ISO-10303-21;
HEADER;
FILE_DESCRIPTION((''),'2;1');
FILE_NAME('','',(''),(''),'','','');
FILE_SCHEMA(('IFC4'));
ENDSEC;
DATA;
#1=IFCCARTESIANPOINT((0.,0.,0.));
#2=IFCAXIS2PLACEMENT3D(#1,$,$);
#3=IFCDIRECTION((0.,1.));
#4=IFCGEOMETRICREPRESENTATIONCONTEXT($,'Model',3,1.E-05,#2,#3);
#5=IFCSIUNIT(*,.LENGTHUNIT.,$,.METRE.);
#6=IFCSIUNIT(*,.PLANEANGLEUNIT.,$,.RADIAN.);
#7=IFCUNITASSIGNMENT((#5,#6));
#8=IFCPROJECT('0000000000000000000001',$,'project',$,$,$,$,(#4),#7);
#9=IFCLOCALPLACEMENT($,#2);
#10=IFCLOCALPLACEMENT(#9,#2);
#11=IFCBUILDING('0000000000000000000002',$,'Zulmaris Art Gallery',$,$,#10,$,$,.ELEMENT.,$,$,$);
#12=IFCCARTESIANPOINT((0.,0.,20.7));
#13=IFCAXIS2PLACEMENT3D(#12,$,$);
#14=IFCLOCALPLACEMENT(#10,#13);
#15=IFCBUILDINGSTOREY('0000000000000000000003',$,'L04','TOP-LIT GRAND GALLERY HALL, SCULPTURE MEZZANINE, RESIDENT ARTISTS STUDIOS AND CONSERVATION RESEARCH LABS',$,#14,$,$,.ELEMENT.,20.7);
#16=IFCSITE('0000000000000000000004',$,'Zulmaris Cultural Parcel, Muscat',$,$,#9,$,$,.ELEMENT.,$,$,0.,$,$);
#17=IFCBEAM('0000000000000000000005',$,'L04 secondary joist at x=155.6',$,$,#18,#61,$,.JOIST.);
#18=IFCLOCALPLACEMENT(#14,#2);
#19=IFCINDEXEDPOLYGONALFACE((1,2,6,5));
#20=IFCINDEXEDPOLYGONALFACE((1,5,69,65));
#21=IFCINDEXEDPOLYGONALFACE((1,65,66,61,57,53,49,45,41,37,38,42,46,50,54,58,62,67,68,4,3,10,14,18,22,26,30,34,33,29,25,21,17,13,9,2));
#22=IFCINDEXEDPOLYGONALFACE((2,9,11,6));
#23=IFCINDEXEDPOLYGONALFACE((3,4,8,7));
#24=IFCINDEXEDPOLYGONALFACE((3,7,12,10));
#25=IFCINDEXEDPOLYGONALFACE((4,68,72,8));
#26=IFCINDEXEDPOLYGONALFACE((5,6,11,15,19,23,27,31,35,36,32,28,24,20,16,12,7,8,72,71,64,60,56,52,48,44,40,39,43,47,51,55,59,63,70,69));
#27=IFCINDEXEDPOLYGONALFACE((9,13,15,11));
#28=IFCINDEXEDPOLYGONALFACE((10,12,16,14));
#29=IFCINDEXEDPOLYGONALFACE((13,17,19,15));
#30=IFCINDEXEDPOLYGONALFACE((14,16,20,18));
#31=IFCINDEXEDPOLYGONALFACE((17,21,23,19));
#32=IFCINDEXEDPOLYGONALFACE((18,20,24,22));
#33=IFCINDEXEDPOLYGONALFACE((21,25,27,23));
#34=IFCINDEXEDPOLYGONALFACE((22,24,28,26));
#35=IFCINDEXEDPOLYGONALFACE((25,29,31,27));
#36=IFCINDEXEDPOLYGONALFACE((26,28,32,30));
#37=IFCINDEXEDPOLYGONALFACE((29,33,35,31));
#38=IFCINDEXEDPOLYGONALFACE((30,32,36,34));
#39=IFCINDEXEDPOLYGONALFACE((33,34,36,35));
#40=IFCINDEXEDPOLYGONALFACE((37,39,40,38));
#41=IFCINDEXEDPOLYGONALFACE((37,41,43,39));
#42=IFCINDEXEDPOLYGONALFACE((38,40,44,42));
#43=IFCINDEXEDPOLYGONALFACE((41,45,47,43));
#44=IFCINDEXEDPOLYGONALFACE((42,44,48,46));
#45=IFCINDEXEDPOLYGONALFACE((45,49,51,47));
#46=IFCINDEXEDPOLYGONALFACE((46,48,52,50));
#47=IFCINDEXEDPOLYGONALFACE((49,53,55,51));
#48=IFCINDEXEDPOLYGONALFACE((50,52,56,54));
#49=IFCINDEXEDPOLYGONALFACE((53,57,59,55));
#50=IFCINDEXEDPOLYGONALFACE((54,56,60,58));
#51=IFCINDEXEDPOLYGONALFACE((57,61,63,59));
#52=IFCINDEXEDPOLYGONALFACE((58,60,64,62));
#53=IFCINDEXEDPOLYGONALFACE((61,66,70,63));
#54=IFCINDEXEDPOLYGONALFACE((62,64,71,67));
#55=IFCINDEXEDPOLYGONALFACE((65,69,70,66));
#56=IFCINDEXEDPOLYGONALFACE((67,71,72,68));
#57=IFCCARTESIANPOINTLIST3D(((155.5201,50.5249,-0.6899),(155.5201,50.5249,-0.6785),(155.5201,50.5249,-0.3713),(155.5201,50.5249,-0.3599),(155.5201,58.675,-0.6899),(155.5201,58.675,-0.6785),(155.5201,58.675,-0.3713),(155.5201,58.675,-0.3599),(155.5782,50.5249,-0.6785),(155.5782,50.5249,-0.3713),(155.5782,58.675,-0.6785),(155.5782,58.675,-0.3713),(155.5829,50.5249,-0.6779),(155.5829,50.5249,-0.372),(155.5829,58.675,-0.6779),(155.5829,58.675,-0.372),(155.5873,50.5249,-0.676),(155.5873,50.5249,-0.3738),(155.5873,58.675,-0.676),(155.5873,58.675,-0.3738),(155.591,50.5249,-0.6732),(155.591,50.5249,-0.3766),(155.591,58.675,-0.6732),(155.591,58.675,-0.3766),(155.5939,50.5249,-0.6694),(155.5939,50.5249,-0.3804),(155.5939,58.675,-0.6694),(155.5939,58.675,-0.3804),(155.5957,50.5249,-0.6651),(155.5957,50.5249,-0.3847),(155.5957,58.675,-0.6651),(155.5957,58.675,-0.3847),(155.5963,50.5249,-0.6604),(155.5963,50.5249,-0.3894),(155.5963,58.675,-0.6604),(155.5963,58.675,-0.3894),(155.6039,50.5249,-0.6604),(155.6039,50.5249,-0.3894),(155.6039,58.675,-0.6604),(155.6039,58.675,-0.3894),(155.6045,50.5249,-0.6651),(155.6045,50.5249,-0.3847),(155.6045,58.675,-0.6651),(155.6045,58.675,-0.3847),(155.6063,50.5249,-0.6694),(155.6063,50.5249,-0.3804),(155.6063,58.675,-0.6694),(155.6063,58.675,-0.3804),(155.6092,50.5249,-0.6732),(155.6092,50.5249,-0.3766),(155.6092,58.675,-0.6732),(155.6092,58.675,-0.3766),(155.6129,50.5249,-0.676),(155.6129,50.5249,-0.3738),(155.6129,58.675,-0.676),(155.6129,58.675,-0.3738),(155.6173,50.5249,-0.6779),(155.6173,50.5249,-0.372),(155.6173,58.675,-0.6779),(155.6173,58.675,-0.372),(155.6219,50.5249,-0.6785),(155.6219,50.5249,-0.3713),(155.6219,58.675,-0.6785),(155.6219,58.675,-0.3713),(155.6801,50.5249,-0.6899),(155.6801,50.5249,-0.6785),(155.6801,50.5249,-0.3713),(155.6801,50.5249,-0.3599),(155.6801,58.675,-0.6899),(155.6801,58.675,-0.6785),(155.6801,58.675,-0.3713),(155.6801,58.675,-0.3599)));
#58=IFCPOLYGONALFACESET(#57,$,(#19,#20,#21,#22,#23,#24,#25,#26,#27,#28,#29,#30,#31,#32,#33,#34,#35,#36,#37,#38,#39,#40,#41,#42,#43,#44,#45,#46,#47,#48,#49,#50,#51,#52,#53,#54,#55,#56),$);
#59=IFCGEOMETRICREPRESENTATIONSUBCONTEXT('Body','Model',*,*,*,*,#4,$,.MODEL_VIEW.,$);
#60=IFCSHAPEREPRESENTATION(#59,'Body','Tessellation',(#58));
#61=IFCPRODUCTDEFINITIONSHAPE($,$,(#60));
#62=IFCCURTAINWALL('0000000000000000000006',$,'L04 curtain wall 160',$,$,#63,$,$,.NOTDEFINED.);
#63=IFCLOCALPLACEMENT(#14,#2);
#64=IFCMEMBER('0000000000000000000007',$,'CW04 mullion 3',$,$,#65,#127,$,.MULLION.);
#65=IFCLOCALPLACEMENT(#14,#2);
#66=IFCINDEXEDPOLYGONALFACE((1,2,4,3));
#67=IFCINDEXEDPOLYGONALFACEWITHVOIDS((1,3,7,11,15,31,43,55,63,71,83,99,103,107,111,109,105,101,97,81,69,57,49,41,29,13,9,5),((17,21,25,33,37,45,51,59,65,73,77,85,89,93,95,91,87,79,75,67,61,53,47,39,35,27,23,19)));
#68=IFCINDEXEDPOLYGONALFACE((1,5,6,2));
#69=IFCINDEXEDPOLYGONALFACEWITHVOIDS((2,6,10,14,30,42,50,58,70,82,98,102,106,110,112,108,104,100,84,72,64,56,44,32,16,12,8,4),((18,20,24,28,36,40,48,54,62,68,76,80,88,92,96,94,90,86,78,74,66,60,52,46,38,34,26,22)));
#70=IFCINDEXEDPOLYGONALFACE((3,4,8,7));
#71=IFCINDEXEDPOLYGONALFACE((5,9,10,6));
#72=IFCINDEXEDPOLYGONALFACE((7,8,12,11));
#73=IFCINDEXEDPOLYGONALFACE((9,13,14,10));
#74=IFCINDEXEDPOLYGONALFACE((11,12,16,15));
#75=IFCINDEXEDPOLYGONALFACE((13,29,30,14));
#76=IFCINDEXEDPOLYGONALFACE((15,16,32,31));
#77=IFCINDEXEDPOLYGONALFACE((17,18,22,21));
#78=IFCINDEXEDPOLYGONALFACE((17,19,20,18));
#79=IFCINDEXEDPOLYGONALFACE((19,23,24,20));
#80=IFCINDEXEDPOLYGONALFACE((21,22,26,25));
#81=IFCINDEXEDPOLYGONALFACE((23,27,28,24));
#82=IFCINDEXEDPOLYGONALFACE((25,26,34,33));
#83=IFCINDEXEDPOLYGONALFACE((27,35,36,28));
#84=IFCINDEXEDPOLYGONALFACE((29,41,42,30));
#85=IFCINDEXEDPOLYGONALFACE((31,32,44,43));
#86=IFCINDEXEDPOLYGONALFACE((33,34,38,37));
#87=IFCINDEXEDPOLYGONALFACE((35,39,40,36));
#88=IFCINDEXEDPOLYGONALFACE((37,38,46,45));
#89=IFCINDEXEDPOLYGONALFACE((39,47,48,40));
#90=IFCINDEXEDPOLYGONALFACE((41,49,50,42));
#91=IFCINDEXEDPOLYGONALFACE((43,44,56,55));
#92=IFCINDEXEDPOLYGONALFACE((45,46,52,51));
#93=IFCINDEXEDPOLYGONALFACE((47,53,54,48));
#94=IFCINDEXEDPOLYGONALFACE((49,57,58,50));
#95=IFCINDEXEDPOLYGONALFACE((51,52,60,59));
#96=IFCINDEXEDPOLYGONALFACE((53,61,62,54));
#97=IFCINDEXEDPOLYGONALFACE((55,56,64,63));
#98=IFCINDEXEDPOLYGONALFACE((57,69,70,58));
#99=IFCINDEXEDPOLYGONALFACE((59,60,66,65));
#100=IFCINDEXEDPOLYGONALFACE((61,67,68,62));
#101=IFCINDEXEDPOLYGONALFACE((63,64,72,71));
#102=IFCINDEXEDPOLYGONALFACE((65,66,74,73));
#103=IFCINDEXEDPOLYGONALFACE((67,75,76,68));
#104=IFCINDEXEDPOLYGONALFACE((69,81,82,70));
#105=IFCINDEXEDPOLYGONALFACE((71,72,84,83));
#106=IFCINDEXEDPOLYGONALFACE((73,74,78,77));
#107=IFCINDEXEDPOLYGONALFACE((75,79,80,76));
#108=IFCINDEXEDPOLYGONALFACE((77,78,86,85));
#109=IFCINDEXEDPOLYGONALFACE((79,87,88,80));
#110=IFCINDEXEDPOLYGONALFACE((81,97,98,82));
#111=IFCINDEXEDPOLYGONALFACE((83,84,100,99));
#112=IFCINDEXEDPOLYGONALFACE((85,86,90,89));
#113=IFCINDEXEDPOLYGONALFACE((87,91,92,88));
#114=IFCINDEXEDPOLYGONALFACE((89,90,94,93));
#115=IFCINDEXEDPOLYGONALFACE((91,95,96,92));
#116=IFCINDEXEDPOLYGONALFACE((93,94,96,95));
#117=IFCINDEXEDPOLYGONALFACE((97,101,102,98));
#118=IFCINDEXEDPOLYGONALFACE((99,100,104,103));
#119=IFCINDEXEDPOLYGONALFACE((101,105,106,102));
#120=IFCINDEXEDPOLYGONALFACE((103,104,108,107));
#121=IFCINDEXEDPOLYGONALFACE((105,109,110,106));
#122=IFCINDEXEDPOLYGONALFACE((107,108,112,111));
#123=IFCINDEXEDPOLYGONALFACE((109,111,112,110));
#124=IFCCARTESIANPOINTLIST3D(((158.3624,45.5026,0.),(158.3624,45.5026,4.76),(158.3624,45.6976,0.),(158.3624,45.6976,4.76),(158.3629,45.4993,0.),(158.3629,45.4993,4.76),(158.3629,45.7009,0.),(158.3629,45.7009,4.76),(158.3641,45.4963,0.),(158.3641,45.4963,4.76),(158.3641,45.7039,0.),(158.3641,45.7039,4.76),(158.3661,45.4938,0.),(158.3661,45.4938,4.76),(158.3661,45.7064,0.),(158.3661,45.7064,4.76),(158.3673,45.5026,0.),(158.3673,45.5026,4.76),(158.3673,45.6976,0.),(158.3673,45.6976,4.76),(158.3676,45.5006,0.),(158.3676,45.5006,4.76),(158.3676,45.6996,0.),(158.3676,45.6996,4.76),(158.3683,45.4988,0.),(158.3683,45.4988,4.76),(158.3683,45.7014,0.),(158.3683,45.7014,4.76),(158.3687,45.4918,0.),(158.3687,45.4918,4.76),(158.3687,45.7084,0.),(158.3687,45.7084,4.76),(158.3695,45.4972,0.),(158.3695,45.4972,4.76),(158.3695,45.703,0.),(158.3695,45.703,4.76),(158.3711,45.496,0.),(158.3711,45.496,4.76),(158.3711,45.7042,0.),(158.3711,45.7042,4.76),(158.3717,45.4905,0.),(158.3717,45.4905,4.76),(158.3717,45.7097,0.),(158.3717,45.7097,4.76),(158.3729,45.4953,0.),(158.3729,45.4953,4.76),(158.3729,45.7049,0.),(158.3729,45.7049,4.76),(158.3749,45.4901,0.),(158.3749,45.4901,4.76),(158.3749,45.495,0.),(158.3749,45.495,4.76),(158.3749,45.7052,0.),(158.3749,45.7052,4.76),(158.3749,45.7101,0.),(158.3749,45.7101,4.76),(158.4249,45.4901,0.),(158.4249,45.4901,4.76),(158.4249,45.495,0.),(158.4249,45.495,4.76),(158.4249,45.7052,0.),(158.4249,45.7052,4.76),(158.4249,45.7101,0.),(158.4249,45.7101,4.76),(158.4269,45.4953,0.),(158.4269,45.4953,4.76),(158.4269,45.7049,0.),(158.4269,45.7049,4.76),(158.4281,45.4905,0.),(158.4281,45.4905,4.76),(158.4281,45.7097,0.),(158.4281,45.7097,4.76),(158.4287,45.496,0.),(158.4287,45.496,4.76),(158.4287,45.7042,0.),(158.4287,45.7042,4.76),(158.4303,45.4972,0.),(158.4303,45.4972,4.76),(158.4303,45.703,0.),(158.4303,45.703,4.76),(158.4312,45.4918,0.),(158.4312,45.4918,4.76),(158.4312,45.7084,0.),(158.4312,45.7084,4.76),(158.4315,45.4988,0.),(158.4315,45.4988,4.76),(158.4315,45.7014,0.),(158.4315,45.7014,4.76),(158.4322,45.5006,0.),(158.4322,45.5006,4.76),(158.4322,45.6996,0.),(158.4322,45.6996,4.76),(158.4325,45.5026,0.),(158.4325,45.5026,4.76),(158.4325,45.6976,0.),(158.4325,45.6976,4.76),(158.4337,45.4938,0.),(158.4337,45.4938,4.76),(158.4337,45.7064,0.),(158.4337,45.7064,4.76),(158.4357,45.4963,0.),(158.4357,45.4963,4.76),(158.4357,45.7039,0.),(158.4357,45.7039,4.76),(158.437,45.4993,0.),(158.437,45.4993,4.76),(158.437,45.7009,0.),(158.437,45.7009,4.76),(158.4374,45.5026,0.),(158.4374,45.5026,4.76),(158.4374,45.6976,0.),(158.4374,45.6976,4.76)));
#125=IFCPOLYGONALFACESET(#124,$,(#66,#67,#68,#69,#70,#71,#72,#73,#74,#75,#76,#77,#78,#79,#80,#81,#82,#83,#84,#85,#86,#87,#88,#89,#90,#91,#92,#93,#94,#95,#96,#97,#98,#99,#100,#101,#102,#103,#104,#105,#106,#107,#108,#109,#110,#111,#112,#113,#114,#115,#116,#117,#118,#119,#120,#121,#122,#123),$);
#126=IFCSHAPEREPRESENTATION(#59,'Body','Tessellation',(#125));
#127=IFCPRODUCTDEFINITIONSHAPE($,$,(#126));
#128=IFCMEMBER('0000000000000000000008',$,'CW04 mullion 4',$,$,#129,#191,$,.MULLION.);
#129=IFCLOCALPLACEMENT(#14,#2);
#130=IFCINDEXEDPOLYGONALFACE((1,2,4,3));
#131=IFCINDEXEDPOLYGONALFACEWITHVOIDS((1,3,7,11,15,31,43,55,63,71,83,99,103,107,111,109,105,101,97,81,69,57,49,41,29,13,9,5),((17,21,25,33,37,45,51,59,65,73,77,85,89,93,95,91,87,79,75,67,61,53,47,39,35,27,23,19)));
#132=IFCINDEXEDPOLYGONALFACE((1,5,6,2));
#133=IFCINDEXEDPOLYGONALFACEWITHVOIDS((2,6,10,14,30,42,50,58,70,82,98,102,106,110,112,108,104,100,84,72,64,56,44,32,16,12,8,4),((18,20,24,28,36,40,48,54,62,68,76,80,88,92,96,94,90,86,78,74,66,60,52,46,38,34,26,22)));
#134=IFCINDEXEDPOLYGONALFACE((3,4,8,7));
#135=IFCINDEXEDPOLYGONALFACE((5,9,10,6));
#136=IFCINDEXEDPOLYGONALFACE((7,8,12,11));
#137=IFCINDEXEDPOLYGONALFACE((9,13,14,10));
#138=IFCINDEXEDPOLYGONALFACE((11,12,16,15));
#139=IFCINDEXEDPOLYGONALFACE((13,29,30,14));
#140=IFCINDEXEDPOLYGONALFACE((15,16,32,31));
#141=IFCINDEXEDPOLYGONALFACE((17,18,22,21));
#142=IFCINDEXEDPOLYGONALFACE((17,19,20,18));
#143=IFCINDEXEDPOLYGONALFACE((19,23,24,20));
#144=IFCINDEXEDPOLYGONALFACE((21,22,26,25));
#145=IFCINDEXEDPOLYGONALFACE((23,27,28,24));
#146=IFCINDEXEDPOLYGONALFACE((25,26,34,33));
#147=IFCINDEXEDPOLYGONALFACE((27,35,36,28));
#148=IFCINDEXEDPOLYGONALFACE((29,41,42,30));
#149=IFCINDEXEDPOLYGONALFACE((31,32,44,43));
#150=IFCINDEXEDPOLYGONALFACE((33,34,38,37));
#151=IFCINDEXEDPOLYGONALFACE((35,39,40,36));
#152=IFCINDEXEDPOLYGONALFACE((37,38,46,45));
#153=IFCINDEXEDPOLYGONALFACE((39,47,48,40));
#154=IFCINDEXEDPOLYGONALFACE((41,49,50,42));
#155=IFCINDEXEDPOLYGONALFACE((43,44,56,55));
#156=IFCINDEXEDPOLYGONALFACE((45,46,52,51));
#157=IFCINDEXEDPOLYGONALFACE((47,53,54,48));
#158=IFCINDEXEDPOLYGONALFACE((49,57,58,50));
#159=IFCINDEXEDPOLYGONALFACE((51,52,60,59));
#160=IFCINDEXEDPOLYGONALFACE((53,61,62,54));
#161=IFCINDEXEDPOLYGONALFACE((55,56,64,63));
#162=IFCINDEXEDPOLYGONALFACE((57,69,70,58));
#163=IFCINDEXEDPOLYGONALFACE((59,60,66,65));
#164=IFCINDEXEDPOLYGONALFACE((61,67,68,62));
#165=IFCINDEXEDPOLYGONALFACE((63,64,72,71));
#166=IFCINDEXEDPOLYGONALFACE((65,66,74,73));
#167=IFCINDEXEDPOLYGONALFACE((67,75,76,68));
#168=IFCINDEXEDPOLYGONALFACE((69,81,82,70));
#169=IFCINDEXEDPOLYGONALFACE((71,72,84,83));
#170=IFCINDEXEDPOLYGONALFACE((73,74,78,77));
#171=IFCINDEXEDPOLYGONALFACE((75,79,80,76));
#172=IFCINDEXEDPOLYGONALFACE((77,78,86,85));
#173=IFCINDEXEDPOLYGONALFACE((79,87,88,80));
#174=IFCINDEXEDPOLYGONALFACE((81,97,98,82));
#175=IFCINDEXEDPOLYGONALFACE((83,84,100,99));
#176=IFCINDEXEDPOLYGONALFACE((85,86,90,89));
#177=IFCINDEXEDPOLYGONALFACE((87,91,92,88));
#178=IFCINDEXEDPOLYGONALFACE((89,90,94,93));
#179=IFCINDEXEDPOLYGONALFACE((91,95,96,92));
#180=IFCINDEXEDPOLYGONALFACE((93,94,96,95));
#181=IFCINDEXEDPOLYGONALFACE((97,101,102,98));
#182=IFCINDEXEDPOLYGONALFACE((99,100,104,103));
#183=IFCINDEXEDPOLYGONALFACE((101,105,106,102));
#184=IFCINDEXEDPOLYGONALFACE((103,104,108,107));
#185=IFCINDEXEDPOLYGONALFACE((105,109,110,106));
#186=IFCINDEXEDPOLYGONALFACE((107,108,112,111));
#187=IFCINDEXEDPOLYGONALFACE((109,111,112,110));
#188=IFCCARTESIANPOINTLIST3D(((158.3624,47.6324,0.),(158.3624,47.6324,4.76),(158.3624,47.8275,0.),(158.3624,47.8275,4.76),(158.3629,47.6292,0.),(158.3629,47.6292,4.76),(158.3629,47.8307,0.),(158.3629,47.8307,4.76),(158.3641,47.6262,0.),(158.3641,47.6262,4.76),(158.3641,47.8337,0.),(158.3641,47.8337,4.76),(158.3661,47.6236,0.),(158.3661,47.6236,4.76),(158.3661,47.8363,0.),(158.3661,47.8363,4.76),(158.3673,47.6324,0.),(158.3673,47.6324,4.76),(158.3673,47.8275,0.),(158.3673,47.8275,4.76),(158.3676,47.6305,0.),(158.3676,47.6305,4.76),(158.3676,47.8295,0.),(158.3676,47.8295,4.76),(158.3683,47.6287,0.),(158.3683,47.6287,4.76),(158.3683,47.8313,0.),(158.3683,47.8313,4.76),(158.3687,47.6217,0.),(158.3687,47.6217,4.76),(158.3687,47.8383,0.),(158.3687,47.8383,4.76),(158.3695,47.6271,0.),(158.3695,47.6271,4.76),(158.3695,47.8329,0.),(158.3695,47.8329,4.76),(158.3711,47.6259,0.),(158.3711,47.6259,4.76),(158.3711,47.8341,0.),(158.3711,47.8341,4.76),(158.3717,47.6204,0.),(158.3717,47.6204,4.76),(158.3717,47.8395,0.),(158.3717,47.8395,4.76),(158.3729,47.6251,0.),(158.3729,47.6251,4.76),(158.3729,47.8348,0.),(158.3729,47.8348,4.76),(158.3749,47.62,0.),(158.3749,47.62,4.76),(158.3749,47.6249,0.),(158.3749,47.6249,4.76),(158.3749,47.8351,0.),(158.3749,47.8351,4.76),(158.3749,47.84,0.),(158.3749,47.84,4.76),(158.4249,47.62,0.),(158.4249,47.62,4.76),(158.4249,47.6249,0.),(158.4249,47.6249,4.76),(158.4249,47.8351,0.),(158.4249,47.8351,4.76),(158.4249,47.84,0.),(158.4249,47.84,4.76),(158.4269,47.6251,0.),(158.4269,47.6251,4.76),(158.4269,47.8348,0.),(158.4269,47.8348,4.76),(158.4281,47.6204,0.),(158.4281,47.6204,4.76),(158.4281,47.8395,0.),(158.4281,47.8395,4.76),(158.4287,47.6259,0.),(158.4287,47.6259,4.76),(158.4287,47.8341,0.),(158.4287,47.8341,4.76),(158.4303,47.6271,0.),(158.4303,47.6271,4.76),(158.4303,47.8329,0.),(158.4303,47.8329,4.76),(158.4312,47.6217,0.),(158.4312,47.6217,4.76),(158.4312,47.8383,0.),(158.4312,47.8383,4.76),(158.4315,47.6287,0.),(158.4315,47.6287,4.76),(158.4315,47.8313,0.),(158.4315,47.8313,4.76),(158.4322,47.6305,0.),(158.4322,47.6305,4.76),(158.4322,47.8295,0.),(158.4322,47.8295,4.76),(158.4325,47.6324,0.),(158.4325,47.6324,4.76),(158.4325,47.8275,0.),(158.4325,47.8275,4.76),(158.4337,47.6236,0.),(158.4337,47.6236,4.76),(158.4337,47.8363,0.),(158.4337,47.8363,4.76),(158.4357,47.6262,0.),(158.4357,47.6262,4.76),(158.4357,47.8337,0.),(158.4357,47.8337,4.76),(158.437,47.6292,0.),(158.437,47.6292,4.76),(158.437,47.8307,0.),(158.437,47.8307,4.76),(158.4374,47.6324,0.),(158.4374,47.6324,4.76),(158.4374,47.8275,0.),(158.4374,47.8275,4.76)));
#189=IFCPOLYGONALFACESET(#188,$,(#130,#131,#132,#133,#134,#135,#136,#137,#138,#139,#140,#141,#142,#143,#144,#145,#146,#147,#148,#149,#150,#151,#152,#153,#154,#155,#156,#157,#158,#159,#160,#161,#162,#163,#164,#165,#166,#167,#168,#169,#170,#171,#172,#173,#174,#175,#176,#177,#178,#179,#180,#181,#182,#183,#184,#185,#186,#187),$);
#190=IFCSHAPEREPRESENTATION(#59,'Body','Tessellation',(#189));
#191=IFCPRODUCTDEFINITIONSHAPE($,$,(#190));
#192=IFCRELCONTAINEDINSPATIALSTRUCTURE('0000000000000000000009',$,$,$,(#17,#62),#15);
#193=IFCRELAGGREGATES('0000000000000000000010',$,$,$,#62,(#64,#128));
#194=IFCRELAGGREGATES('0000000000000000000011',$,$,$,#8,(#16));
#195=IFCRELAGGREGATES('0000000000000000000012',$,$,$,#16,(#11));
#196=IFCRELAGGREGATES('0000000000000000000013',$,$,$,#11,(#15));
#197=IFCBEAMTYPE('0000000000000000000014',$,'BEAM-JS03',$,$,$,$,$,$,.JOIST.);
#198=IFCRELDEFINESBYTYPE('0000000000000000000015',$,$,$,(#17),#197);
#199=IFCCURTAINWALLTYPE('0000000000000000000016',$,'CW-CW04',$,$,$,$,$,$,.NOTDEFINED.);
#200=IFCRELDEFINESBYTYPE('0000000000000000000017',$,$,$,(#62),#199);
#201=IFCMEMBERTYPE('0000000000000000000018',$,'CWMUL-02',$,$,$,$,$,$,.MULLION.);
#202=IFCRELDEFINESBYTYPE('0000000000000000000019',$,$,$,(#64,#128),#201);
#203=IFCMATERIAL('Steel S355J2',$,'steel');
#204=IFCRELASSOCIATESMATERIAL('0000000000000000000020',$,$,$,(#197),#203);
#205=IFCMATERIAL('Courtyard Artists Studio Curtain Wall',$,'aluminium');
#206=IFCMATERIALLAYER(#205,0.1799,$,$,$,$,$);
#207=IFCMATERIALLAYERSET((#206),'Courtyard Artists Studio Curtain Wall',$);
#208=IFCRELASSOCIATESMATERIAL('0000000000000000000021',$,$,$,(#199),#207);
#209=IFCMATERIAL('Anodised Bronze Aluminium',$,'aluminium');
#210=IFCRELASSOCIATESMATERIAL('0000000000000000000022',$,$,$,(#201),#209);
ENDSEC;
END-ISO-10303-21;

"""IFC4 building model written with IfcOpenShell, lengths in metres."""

from ifc_helpers import new_model, si_unit, direction, frame, origin, origin_2d, place, context, subcontext, project, spatial, hollow_rectangle, i_section, extrude, material, layer, layer_set, material_profile, profile_set, type_object, element, aggregate, save


model = new_model("IFC4")

# Units and contexts
model_context = context("Model", 3, precision=1e-05, world=origin(), true_north=direction((0.0, 1.0)))
body_context = subcontext(model_context, "Body", "Model", "MODEL_VIEW")
ifc_project = project(units=[si_unit("LENGTHUNIT", "METRE"), si_unit("PLANEANGLEUNIT", "RADIAN")], contexts=[model_context])

# Site, building, storey
site_placement = place(None, origin())
site = spatial("IfcSite", under=ifc_project, at=site_placement, Name="Zulmaris Cultural Parcel, Muscat", CompositionType="ELEMENT", RefElevation=0.0)
building_placement = place(site_placement, origin())
building = spatial("IfcBuilding", under=site, at=building_placement, Name="Zulmaris Art Gallery", CompositionType="ELEMENT")
storey_placement = place(building_placement, frame((0.0, 0.0, 20.7)))
storey = spatial("IfcBuildingStorey", under=building, at=storey_placement, Name="L04", Description="TOP-LIT GRAND GALLERY HALL, SCULPTURE MEZZANINE, RESIDENT ARTISTS STUDIOS AND CONSERVATION RESEARCH LABS", CompositionType="ELEMENT", Elevation=20.7)

# Beam
ifc_material_1 = material(Name="Steel S355J2", Category="steel")
ifc_material_profile_1 = material_profile(ifc_material_1, i_section(OverallWidth=0.1599, OverallDepth=0.3301, WebThickness=0.0076, FlangeThickness=0.0115, FilletRadius=0.0181, at=origin_2d()), Name="IPE 330")
ifc_profile_set_1 = profile_set([ifc_material_profile_1], Name="Steel S355J2")
beam_type_1 = type_object("IfcBeamType", Name="BEAM-JS03", PredefinedType="JOIST", material=ifc_profile_set_1)
beam_1_placement = place(storey_placement, frame((155.6001, 50.5249, -0.5249), z_axis=(0.0, 1.0, 0.0), x_axis=(-1.0, 0.0, 0.0)))
element("IfcBeam", 1, at=beam_1_placement, inside=storey, type_object=beam_type_1, Name="L04 secondary joist at x=155.6", PredefinedType="JOIST", context=body_context, shape_type="SweptSolid", body=[
    extrude(i_section(OverallWidth=0.1599, OverallDepth=0.3301, WebThickness=0.0076, FlangeThickness=0.0115, FilletRadius=0.0181, at=origin_2d()), origin(), (0.0, 0.0, 1.0), 8.1501),
])

# Curtain wall, members
ifc_material_2 = material(Name="Courtyard Artists Studio Curtain Wall", Category="aluminium")
ifc_layer_1 = layer(ifc_material_2, 0.1799)
ifc_layer_set_1 = layer_set([ifc_layer_1], Name="Courtyard Artists Studio Curtain Wall")
curtain_wall_type = type_object("IfcCurtainWallType", Name="CW-CW04", PredefinedType="NOTDEFINED", material=ifc_layer_set_1)
curtain_wall_1_placement = place(storey_placement, origin())
curtain_wall_1 = element("IfcCurtainWall", 2, at=curtain_wall_1_placement, inside=storey, type_object=curtain_wall_type, Name="L04 curtain wall 160", PredefinedType="NOTDEFINED")
ifc_material_3 = material(Name="Anodised Bronze Aluminium", Category="aluminium")
ifc_material_profile_2 = material_profile(ifc_material_3, hollow_rectangle(XDim=0.075, YDim=0.22, WallThickness=0.0049, InnerFilletRadius=0.0076, OuterFilletRadius=0.0125, at=origin_2d()), Name="ALU 75x220x5")
ifc_profile_set_2 = profile_set([ifc_material_profile_2], Name="Anodised Bronze Aluminium")
member_type_1 = type_object("IfcMemberType", Name="CWMUL-02", PredefinedType="MULLION", material=ifc_profile_set_2)
member_1_placement = place(storey_placement, frame((158.3999, 45.6001, 0.0), z_axis=(0.0, 0.0, 1.0), x_axis=(-1.0, 0.0, 0.0)))
member_1 = element("IfcMember", 3, at=member_1_placement, type_object=member_type_1, Name="CW04 mullion 3", PredefinedType="MULLION", context=body_context, shape_type="SweptSolid", body=[
    extrude(hollow_rectangle(XDim=0.075, YDim=0.22, WallThickness=0.0049, InnerFilletRadius=0.0076, OuterFilletRadius=0.0125, at=origin_2d()), origin(), (0.0, 0.0, 1.0), 4.76),
])
member_2_placement = place(storey_placement, frame((158.3999, 47.73, 0.0), z_axis=(0.0, 0.0, 1.0), x_axis=(-1.0, 0.0, 0.0)))
member_2 = element("IfcMember", 4, at=member_2_placement, type_object=member_type_1, Name="CW04 mullion 4", PredefinedType="MULLION", context=body_context, shape_type="SweptSolid", body=[
    extrude(hollow_rectangle(XDim=0.075, YDim=0.22, WallThickness=0.0049, InnerFilletRadius=0.0076, OuterFilletRadius=0.0125, at=origin_2d()), origin(), (0.0, 0.0, 1.0), 4.76),
])

aggregate(curtain_wall_1, [member_1, member_2])

save(model, "model.ifc")
